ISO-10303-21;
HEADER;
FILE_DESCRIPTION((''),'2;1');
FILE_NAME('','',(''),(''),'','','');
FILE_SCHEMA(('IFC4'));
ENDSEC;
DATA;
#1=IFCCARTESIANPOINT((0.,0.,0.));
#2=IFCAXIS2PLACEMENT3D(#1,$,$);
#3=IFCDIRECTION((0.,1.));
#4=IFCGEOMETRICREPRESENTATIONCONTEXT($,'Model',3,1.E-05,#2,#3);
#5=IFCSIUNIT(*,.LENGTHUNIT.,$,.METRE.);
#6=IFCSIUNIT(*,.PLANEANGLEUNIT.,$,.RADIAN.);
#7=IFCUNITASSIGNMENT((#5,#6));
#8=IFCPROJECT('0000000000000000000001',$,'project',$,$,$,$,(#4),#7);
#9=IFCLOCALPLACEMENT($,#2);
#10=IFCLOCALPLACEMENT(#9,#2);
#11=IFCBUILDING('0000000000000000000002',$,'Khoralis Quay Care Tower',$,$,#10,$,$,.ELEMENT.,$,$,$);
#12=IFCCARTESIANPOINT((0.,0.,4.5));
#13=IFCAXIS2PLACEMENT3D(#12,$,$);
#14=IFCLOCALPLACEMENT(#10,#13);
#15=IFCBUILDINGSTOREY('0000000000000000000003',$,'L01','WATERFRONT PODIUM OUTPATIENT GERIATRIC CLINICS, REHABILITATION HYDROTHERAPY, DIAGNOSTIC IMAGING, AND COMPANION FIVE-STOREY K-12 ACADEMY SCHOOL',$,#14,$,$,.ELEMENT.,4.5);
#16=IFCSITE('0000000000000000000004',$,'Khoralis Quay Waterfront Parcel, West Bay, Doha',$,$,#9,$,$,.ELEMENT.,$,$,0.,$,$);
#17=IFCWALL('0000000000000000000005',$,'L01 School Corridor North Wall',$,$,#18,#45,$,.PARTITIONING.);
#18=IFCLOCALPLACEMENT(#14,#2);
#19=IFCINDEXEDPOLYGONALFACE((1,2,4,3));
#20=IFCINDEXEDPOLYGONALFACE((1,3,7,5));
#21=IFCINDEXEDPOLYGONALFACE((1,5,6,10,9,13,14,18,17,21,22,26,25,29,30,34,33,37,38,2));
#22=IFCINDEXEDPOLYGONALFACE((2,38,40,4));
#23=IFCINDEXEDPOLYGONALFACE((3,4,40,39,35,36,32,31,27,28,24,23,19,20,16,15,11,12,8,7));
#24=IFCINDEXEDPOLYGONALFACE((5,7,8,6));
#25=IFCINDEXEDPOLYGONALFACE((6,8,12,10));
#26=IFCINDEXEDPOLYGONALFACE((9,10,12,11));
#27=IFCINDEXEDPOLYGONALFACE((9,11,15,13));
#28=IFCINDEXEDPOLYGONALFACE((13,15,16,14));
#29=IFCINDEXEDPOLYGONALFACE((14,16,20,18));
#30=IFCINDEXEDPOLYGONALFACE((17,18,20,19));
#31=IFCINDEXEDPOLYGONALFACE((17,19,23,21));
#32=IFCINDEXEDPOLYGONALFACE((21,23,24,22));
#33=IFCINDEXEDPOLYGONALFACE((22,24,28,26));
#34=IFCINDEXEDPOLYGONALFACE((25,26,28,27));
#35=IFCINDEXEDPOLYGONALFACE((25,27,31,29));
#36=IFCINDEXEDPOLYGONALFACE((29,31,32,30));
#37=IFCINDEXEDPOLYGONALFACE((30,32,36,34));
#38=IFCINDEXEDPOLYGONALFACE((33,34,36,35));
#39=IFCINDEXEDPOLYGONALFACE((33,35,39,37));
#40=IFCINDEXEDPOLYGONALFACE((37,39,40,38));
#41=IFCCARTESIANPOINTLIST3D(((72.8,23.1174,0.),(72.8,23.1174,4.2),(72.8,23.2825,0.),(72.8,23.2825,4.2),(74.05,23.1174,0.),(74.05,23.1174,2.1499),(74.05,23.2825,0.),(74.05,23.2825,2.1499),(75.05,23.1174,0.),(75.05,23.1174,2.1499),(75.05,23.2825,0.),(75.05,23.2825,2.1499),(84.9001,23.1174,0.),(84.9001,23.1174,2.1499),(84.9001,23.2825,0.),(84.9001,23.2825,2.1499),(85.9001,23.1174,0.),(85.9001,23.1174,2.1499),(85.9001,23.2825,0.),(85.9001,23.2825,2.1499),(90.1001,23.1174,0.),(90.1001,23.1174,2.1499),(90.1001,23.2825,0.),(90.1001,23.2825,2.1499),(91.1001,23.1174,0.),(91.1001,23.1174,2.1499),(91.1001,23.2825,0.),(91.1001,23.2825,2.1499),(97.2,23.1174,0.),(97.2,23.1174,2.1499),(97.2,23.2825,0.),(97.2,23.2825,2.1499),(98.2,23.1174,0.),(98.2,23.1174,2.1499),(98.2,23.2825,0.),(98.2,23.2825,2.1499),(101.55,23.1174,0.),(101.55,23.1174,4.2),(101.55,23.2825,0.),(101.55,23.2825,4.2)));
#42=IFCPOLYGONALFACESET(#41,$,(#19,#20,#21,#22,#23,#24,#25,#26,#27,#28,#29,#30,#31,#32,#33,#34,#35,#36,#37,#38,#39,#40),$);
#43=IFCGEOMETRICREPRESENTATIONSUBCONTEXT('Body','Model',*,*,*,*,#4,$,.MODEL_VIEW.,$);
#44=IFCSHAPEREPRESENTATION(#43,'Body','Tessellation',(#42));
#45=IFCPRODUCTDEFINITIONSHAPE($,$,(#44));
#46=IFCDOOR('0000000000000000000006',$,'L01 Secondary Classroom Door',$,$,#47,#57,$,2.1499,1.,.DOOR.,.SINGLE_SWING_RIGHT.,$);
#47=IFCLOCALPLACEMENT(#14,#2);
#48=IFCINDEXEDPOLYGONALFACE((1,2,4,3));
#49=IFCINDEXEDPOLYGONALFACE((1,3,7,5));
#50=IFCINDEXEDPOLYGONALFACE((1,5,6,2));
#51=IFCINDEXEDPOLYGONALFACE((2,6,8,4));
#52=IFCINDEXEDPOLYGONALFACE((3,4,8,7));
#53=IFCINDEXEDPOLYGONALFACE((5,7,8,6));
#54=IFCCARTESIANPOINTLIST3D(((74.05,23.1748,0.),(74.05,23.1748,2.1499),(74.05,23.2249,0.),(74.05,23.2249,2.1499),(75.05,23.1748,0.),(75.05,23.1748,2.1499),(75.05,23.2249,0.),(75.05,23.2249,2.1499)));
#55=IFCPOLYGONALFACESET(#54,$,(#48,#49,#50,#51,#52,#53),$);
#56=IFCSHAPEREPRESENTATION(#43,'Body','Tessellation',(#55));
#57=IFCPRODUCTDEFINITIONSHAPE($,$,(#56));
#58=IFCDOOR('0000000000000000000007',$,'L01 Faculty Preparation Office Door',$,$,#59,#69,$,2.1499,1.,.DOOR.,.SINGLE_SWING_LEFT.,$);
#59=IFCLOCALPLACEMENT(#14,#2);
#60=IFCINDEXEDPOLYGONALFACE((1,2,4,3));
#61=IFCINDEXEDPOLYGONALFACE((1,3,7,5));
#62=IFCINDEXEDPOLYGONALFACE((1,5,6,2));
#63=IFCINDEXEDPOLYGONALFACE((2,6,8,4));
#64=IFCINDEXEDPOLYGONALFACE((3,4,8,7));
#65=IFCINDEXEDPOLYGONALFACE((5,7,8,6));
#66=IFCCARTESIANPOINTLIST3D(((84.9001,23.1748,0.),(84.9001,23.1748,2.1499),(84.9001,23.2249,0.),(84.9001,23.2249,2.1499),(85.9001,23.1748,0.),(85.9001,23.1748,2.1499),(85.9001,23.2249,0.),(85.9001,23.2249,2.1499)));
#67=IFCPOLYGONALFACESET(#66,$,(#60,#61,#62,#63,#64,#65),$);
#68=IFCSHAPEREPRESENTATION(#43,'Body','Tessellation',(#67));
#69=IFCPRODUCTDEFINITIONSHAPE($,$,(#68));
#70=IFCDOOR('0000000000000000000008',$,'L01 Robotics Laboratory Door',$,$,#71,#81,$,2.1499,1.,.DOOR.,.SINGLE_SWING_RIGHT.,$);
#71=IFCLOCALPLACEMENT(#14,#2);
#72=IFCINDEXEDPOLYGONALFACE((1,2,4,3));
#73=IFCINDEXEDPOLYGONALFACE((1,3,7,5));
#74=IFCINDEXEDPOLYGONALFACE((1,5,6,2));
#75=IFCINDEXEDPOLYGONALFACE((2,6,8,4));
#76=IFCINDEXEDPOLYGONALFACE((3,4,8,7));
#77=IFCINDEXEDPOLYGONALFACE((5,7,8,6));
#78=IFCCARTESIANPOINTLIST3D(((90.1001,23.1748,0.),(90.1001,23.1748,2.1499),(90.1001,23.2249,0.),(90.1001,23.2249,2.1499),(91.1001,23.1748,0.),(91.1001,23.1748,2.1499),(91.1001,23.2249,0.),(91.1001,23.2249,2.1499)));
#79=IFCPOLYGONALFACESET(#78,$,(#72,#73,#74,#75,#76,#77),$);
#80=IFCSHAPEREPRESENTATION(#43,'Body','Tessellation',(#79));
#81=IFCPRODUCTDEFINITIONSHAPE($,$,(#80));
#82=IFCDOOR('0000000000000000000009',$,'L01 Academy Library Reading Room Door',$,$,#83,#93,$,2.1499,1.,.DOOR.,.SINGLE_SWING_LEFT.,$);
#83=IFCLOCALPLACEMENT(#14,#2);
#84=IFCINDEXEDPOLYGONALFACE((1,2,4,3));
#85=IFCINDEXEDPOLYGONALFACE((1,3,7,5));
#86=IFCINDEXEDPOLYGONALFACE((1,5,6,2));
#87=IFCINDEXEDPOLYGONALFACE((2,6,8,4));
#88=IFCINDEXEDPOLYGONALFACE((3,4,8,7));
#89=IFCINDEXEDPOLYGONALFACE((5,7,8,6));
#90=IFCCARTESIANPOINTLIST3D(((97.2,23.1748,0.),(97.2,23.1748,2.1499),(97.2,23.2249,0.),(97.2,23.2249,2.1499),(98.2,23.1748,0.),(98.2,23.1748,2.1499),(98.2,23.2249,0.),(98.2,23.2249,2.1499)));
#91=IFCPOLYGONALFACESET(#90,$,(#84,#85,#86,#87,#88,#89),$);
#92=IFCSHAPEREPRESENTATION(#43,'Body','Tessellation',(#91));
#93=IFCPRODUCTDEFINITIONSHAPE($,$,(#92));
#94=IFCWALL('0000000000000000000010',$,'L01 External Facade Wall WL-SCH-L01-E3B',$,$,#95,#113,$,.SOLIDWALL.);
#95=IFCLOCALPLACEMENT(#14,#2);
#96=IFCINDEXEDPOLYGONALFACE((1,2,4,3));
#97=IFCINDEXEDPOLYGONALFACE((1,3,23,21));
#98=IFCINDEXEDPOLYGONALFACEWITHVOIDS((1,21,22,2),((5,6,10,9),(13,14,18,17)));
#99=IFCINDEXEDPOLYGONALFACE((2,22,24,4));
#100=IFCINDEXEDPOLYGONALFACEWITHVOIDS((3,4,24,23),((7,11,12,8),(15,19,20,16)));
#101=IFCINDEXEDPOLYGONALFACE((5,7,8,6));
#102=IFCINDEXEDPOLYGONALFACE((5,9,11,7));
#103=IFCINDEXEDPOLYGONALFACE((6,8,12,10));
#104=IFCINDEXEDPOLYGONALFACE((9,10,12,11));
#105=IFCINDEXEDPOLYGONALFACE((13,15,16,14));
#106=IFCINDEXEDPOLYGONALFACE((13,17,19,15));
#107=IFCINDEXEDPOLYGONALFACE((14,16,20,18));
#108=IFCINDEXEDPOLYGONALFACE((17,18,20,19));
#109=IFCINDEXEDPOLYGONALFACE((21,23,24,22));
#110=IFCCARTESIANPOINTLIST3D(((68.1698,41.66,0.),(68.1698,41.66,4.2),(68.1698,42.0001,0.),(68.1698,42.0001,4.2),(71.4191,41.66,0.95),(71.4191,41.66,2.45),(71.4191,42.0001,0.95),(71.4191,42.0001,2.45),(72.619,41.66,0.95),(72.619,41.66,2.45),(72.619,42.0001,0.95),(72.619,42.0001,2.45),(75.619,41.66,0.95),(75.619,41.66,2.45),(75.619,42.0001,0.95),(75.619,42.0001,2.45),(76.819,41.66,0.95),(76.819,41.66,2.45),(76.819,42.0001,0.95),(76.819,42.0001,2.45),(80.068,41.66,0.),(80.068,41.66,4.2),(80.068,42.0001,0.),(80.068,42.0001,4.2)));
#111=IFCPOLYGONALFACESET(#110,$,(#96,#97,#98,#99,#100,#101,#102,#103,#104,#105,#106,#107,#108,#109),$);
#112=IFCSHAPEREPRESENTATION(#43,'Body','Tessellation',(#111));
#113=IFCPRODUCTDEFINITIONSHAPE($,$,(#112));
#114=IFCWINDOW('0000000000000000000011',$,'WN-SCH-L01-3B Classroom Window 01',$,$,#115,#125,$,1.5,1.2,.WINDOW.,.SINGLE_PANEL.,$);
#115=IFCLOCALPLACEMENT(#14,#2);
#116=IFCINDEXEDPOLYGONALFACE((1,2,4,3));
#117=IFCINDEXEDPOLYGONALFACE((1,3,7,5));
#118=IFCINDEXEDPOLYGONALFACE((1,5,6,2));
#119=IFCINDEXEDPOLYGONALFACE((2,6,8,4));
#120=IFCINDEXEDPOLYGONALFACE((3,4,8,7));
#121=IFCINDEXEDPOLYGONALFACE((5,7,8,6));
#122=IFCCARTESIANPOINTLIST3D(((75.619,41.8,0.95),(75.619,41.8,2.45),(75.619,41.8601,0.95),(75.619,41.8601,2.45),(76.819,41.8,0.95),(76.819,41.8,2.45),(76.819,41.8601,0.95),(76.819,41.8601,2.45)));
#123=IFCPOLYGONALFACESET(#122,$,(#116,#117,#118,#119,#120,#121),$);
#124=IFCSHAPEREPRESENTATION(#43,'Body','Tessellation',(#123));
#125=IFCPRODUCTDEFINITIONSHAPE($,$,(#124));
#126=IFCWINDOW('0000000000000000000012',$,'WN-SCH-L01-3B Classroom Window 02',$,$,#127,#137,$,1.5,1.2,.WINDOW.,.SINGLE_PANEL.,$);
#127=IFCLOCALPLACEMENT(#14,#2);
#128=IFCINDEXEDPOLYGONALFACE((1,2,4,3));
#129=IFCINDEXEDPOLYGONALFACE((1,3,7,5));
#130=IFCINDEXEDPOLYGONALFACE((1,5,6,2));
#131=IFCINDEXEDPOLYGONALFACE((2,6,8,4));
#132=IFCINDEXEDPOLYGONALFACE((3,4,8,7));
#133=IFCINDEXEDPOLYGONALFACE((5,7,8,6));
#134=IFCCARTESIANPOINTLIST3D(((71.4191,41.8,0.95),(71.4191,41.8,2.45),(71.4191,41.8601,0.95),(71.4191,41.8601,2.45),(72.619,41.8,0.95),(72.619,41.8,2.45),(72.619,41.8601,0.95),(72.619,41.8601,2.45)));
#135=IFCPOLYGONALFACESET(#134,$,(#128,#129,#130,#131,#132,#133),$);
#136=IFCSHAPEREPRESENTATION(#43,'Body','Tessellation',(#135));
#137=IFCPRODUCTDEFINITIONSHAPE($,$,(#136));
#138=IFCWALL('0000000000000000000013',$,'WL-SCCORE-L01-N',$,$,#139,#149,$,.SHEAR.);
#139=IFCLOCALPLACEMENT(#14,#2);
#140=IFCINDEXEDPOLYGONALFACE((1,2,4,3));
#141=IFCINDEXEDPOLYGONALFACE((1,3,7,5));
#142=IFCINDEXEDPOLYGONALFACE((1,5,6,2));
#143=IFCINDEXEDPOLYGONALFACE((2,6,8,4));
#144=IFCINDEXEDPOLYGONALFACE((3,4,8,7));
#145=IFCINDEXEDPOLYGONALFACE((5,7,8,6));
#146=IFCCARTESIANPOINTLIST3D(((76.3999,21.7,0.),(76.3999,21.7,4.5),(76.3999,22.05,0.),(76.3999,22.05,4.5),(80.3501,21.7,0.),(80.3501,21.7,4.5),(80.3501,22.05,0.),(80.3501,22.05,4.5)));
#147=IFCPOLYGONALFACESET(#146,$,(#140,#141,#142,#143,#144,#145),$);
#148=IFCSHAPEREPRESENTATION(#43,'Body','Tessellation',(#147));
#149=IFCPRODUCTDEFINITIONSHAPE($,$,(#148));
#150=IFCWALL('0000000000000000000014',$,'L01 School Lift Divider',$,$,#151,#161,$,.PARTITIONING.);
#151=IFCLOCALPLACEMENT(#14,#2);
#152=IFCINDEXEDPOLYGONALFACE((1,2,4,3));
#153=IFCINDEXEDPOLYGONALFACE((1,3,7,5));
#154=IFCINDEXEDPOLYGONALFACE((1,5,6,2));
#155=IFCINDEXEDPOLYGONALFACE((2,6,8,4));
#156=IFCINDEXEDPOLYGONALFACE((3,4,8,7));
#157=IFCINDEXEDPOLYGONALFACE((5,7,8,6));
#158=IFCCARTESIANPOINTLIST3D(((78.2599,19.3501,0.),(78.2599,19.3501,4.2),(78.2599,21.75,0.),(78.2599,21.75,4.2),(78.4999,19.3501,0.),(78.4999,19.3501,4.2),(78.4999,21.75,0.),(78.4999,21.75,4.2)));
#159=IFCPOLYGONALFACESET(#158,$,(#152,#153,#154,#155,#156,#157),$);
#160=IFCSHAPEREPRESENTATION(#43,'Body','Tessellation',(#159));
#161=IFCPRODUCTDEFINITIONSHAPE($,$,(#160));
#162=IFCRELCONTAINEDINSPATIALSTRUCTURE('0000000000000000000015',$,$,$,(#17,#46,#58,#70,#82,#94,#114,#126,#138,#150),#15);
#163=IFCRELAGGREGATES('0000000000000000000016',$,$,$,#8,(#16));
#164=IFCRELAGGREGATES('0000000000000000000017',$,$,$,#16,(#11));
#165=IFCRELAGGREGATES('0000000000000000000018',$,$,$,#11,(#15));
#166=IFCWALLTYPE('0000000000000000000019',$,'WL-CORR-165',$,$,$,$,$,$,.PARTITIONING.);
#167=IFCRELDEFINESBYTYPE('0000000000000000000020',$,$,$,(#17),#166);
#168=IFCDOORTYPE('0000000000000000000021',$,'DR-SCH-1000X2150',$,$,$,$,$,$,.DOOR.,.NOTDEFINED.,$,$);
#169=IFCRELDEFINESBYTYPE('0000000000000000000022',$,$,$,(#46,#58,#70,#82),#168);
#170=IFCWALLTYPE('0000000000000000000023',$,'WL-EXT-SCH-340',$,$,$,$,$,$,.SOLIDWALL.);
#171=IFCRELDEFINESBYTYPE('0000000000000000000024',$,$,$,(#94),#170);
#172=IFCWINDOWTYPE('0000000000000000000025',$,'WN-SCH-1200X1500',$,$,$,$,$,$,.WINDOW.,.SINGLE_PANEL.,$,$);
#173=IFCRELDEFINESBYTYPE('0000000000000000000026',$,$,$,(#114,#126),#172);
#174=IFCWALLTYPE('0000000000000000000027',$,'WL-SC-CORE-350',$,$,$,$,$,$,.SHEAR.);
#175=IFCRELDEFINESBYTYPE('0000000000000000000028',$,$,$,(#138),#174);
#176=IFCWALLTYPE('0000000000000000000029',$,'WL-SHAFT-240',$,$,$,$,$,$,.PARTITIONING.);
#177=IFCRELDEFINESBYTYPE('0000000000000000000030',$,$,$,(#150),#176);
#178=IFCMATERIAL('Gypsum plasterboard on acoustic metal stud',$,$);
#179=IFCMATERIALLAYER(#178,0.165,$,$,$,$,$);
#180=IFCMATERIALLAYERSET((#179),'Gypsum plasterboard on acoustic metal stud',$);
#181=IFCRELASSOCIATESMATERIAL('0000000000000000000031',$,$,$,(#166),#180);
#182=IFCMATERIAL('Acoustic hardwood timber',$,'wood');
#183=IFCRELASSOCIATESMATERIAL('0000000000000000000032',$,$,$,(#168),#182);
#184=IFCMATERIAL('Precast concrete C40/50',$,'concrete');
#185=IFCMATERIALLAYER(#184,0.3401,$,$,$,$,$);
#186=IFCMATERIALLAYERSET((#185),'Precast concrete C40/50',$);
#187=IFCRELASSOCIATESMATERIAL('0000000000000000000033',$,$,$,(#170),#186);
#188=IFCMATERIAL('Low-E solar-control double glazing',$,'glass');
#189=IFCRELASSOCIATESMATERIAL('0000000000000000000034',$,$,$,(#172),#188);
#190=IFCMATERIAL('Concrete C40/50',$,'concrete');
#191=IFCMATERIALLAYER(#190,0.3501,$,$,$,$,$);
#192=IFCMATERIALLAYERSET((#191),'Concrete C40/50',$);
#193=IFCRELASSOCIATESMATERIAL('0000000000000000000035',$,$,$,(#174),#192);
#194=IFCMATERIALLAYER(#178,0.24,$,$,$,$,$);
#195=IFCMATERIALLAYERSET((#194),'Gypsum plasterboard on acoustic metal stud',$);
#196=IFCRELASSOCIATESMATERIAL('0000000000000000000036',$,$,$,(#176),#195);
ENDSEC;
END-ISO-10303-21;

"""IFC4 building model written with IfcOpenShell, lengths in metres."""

from ifc_helpers import new_model, si_unit, direction, frame, frame_2d, origin, place, context, subcontext, project, spatial, rectangle, extrude, source, transform, mapped, material, layer, layer_set, type_object, element, fill, save


model = new_model("IFC4")

# Units and contexts
model_context = context("Model", 3, precision=1e-05, world=origin(), true_north=direction((0.0, 1.0)))
body_context = subcontext(model_context, "Body", "Model", "MODEL_VIEW")
ifc_project = project(units=[si_unit("LENGTHUNIT", "METRE"), si_unit("PLANEANGLEUNIT", "RADIAN")], contexts=[model_context])

# Site, building, storey
site_placement = place(None, origin())
site = spatial("IfcSite", under=ifc_project, at=site_placement, Name="Khoralis Quay Waterfront Parcel, West Bay, Doha", CompositionType="ELEMENT", RefElevation=0.0)
building_placement = place(site_placement, origin())
building = spatial("IfcBuilding", under=site, at=building_placement, Name="Khoralis Quay Care Tower", CompositionType="ELEMENT")
storey_placement = place(building_placement, frame((0.0, 0.0, 4.5)))
storey = spatial("IfcBuildingStorey", under=building, at=storey_placement, Name="L01", Description="WATERFRONT PODIUM OUTPATIENT GERIATRIC CLINICS, REHABILITATION HYDROTHERAPY, DIAGNOSTIC IMAGING, AND COMPANION FIVE-STOREY K-12 ACADEMY SCHOOL", CompositionType="ELEMENT", Elevation=4.5)

# Shared definitions
ifc_material_1 = material(Name="Concrete C40/50", Category="concrete")

# Shared definitions
ifc_material_2 = material(Name="Low-E solar-control double glazing", Category="glass")

# Wall, openings, doors
ifc_material_3 = material(Name="Gypsum plasterboard on acoustic metal stud")
ifc_layer_1 = layer(ifc_material_3, 0.165)
ifc_layer_set_1 = layer_set([ifc_layer_1], Name="Gypsum plasterboard on acoustic metal stud")
wall_type_1 = type_object("IfcWallType", Name="WL-CORR-165", PredefinedType="PARTITIONING", material=ifc_layer_set_1)
wall_1_placement = place(storey_placement, frame((72.8, 23.2, 0.0), z_axis=(0.0, 0.0, 1.0), x_axis=(1.0, 0.0, 0.0)))
wall_1 = element("IfcWall", 1, at=wall_1_placement, inside=storey, type_object=wall_type_1, Name="L01 School Corridor North Wall", PredefinedType="PARTITIONING", context=body_context, shape_type="SweptSolid", body=[
    extrude(rectangle(XDim=28.75, YDim=0.165, at=frame_2d((14.375, 0.0))), origin(), (0.0, 0.0, 1.0), 4.2),
])
opening_1_placement = place(wall_1_placement, frame((1.25, 0.0, 0.0)))
opening_1 = element("IfcOpeningElement", 2, at=opening_1_placement, cuts=wall_1, PredefinedType="OPENING", context=body_context, shape_type="SweptSolid", body=[
    extrude(rectangle(XDim=1.0, YDim=2.1499, at=frame_2d((0.5, 1.075))), frame((0.0, 0.0925, 0.0), z_axis=(0.0, -1.0, 0.0), x_axis=(1.0, 0.0, 0.0)), (0.0, 0.0, 1.0), 0.1851),
])
opening_2_placement = place(wall_1_placement, frame((12.1001, 0.0, 0.0)))
opening_2 = element("IfcOpeningElement", 3, at=opening_2_placement, cuts=wall_1, PredefinedType="OPENING", context=body_context, shape_type="SweptSolid", body=[
    extrude(rectangle(XDim=1.0, YDim=2.1499, at=frame_2d((0.5, 1.075))), frame((0.0, 0.0925, 0.0), z_axis=(0.0, -1.0, 0.0), x_axis=(1.0, 0.0, 0.0)), (0.0, 0.0, 1.0), 0.1851),
])
opening_3_placement = place(wall_1_placement, frame((17.3, 0.0, 0.0)))
opening_3 = element("IfcOpeningElement", 4, at=opening_3_placement, cuts=wall_1, PredefinedType="OPENING", context=body_context, shape_type="SweptSolid", body=[
    extrude(rectangle(XDim=1.0, YDim=2.1499, at=frame_2d((0.5, 1.075))), frame((0.0, 0.0925, 0.0), z_axis=(0.0, -1.0, 0.0), x_axis=(1.0, 0.0, 0.0)), (0.0, 0.0, 1.0), 0.1851),
])
opening_4_placement = place(wall_1_placement, frame((24.3999, 0.0, 0.0)))
opening_4 = element("IfcOpeningElement", 5, at=opening_4_placement, cuts=wall_1, PredefinedType="OPENING", context=body_context, shape_type="SweptSolid", body=[
    extrude(rectangle(XDim=1.0, YDim=2.1499, at=frame_2d((0.5, 1.075))), frame((0.0, 0.0925, 0.0), z_axis=(0.0, -1.0, 0.0), x_axis=(1.0, 0.0, 0.0)), (0.0, 0.0, 1.0), 0.1851),
])
ifc_material_4 = material(Name="Acoustic hardwood timber", Category="wood")
door_type = type_object("IfcDoorType", Name="DR-SCH-1000X2150", OperationType="NOTDEFINED", PredefinedType="DOOR", material=ifc_material_4)
shared_shape_1 = source(origin(), body_context, "Body", "SweptSolid", [
    extrude(rectangle(XDim=1.0, YDim=2.1499, at=frame_2d((0.5, 1.075))), frame((0.0, 0.0249, 0.0), z_axis=(0.0, -1.0, 0.0), x_axis=(1.0, 0.0, 0.0)), (0.0, 0.0, 1.0), 0.05),
])
door_1_placement = place(opening_1_placement, origin())
door_1 = element("IfcDoor", 6, at=door_1_placement, inside=storey, type_object=door_type, Name="L01 Secondary Classroom Door", OperationType="SINGLE_SWING_RIGHT", OverallHeight=2.1499, OverallWidth=1.0, PredefinedType="DOOR", context=body_context, shape_type="MappedRepresentation", body=[
    mapped(shared_shape_1, transform((0.0, 0.0, 0.0), scale=1.0)),
])
fill(opening_1, door_1)
door_2_placement = place(opening_2_placement, origin())
door_2 = element("IfcDoor", 7, at=door_2_placement, inside=storey, type_object=door_type, Name="L01 Faculty Preparation Office Door", OperationType="SINGLE_SWING_LEFT", OverallHeight=2.1499, OverallWidth=1.0, PredefinedType="DOOR", context=body_context, shape_type="MappedRepresentation", body=[
    mapped(shared_shape_1, transform((0.0, 0.0, 0.0), scale=1.0)),
])
fill(opening_2, door_2)
door_3_placement = place(opening_3_placement, origin())
door_3 = element("IfcDoor", 8, at=door_3_placement, inside=storey, type_object=door_type, Name="L01 Robotics Laboratory Door", OperationType="SINGLE_SWING_RIGHT", OverallHeight=2.1499, OverallWidth=1.0, PredefinedType="DOOR", context=body_context, shape_type="MappedRepresentation", body=[
    mapped(shared_shape_1, transform((0.0, 0.0, 0.0), scale=1.0)),
])
fill(opening_3, door_3)
door_4_placement = place(opening_4_placement, origin())
door_4 = element("IfcDoor", 9, at=door_4_placement, inside=storey, type_object=door_type, Name="L01 Academy Library Reading Room Door", OperationType="SINGLE_SWING_LEFT", OverallHeight=2.1499, OverallWidth=1.0, PredefinedType="DOOR", context=body_context, shape_type="MappedRepresentation", body=[
    mapped(shared_shape_1, transform((0.0, 0.0, 0.0), scale=1.0)),
])
fill(opening_4, door_4)

# Wall, openings, windows
ifc_material_5 = material(Name="Precast concrete C40/50", Category="concrete")
ifc_layer_2 = layer(ifc_material_5, 0.3401)
ifc_layer_set_2 = layer_set([ifc_layer_2], Name="Precast concrete C40/50")
wall_type_2 = type_object("IfcWallType", Name="WL-EXT-SCH-340", PredefinedType="SOLIDWALL", material=ifc_layer_set_2)
wall_2_placement = place(storey_placement, frame((80.0681, 41.8301, 0.0), z_axis=(0.0, 0.0, 1.0), x_axis=(-1.0, 0.0, 0.0)))
wall_2 = element("IfcWall", 10, at=wall_2_placement, inside=storey, type_object=wall_type_2, Name="L01 External Facade Wall WL-SCH-L01-E3B", PredefinedType="SOLIDWALL", context=body_context, shape_type="SweptSolid", body=[
    extrude(rectangle(XDim=11.8982, YDim=0.3401, at=frame_2d((5.9492, 0.0))), origin(), (0.0, 0.0, 1.0), 4.2),
])
opening_5_placement = place(wall_2_placement, frame((3.249, 0.0, 0.95)))
opening_5 = element("IfcOpeningElement", 11, at=opening_5_placement, cuts=wall_2, PredefinedType="OPENING", context=body_context, shape_type="SweptSolid", body=[
    extrude(rectangle(XDim=1.2, YDim=1.5, at=frame_2d((0.6001, 0.75))), frame((0.0, 0.1802, 0.0), z_axis=(0.0, -1.0, 0.0), x_axis=(1.0, 0.0, 0.0)), (0.0, 0.0, 1.0), 0.3601),
])
opening_6_placement = place(wall_2_placement, frame((7.449, 0.0, 0.95)))
opening_6 = element("IfcOpeningElement", 12, at=opening_6_placement, cuts=wall_2, PredefinedType="OPENING", context=body_context, shape_type="SweptSolid", body=[
    extrude(rectangle(XDim=1.2, YDim=1.5, at=frame_2d((0.6001, 0.75))), frame((0.0, 0.1802, 0.0), z_axis=(0.0, -1.0, 0.0), x_axis=(1.0, 0.0, 0.0)), (0.0, 0.0, 1.0), 0.3601),
])
window_type = type_object("IfcWindowType", Name="WN-SCH-1200X1500", PartitioningType="SINGLE_PANEL", PredefinedType="WINDOW", material=ifc_material_2)
shared_shape_2 = source(origin(), body_context, "Body", "SweptSolid", [
    extrude(rectangle(XDim=1.2, YDim=1.5, at=frame_2d((0.6001, 0.75))), frame((0.0, 0.03, 0.0), z_axis=(0.0, -1.0, 0.0), x_axis=(1.0, 0.0, 0.0)), (0.0, 0.0, 1.0), 0.0601),
])
window_1_placement = place(opening_5_placement, origin())
window_1 = element("IfcWindow", 13, at=window_1_placement, inside=storey, type_object=window_type, Name="WN-SCH-L01-3B Classroom Window 01", OverallHeight=1.5, OverallWidth=1.2, PartitioningType="SINGLE_PANEL", PredefinedType="WINDOW", context=body_context, shape_type="MappedRepresentation", body=[
    mapped(shared_shape_2, transform((0.0, 0.0, 0.0), scale=1.0)),
])
fill(opening_5, window_1)
window_2_placement = place(opening_6_placement, origin())
window_2 = element("IfcWindow", 14, at=window_2_placement, inside=storey, type_object=window_type, Name="WN-SCH-L01-3B Classroom Window 02", OverallHeight=1.5, OverallWidth=1.2, PartitioningType="SINGLE_PANEL", PredefinedType="WINDOW", context=body_context, shape_type="MappedRepresentation", body=[
    mapped(shared_shape_2, transform((0.0, 0.0, 0.0), scale=1.0)),
])
fill(opening_6, window_2)

# Walls
ifc_layer_3 = layer(ifc_material_1, 0.3501)
ifc_layer_set_3 = layer_set([ifc_layer_3], Name="Concrete C40/50")
wall_type_3 = type_object("IfcWallType", Name="WL-SC-CORE-350", PredefinedType="SHEAR", material=ifc_layer_set_3)
wall_3_placement = place(storey_placement, frame((76.3999, 21.875, 0.0), z_axis=(0.0, 0.0, 1.0), x_axis=(1.0, 0.0, 0.0)))
element("IfcWall", 15, at=wall_3_placement, inside=storey, type_object=wall_type_3, Name="WL-SCCORE-L01-N", PredefinedType="SHEAR", context=body_context, shape_type="SweptSolid", body=[
    extrude(rectangle(XDim=3.9502, YDim=0.3501, at=frame_2d((1.9751, 0.0))), origin(), (0.0, 0.0, 1.0), 4.5),
])
ifc_layer_4 = layer(ifc_material_3, 0.24)
ifc_layer_set_4 = layer_set([ifc_layer_4], Name="Gypsum plasterboard on acoustic metal stud")
wall_type_4 = type_object("IfcWallType", Name="WL-SHAFT-240", PredefinedType="PARTITIONING", material=ifc_layer_set_4)
wall_4_placement = place(storey_placement, frame((78.3799, 19.3501, 0.0), z_axis=(0.0, 0.0, 1.0), x_axis=(0.0, 1.0, 0.0)))
element("IfcWall", 16, at=wall_4_placement, inside=storey, type_object=wall_type_4, Name="L01 School Lift Divider", PredefinedType="PARTITIONING", context=body_context, shape_type="SweptSolid", body=[
    extrude(rectangle(XDim=2.3999, YDim=0.24, at=frame_2d((1.2, 0.0))), origin(), (0.0, 0.0, 1.0), 4.2),
])

save(model, "model.ifc")
